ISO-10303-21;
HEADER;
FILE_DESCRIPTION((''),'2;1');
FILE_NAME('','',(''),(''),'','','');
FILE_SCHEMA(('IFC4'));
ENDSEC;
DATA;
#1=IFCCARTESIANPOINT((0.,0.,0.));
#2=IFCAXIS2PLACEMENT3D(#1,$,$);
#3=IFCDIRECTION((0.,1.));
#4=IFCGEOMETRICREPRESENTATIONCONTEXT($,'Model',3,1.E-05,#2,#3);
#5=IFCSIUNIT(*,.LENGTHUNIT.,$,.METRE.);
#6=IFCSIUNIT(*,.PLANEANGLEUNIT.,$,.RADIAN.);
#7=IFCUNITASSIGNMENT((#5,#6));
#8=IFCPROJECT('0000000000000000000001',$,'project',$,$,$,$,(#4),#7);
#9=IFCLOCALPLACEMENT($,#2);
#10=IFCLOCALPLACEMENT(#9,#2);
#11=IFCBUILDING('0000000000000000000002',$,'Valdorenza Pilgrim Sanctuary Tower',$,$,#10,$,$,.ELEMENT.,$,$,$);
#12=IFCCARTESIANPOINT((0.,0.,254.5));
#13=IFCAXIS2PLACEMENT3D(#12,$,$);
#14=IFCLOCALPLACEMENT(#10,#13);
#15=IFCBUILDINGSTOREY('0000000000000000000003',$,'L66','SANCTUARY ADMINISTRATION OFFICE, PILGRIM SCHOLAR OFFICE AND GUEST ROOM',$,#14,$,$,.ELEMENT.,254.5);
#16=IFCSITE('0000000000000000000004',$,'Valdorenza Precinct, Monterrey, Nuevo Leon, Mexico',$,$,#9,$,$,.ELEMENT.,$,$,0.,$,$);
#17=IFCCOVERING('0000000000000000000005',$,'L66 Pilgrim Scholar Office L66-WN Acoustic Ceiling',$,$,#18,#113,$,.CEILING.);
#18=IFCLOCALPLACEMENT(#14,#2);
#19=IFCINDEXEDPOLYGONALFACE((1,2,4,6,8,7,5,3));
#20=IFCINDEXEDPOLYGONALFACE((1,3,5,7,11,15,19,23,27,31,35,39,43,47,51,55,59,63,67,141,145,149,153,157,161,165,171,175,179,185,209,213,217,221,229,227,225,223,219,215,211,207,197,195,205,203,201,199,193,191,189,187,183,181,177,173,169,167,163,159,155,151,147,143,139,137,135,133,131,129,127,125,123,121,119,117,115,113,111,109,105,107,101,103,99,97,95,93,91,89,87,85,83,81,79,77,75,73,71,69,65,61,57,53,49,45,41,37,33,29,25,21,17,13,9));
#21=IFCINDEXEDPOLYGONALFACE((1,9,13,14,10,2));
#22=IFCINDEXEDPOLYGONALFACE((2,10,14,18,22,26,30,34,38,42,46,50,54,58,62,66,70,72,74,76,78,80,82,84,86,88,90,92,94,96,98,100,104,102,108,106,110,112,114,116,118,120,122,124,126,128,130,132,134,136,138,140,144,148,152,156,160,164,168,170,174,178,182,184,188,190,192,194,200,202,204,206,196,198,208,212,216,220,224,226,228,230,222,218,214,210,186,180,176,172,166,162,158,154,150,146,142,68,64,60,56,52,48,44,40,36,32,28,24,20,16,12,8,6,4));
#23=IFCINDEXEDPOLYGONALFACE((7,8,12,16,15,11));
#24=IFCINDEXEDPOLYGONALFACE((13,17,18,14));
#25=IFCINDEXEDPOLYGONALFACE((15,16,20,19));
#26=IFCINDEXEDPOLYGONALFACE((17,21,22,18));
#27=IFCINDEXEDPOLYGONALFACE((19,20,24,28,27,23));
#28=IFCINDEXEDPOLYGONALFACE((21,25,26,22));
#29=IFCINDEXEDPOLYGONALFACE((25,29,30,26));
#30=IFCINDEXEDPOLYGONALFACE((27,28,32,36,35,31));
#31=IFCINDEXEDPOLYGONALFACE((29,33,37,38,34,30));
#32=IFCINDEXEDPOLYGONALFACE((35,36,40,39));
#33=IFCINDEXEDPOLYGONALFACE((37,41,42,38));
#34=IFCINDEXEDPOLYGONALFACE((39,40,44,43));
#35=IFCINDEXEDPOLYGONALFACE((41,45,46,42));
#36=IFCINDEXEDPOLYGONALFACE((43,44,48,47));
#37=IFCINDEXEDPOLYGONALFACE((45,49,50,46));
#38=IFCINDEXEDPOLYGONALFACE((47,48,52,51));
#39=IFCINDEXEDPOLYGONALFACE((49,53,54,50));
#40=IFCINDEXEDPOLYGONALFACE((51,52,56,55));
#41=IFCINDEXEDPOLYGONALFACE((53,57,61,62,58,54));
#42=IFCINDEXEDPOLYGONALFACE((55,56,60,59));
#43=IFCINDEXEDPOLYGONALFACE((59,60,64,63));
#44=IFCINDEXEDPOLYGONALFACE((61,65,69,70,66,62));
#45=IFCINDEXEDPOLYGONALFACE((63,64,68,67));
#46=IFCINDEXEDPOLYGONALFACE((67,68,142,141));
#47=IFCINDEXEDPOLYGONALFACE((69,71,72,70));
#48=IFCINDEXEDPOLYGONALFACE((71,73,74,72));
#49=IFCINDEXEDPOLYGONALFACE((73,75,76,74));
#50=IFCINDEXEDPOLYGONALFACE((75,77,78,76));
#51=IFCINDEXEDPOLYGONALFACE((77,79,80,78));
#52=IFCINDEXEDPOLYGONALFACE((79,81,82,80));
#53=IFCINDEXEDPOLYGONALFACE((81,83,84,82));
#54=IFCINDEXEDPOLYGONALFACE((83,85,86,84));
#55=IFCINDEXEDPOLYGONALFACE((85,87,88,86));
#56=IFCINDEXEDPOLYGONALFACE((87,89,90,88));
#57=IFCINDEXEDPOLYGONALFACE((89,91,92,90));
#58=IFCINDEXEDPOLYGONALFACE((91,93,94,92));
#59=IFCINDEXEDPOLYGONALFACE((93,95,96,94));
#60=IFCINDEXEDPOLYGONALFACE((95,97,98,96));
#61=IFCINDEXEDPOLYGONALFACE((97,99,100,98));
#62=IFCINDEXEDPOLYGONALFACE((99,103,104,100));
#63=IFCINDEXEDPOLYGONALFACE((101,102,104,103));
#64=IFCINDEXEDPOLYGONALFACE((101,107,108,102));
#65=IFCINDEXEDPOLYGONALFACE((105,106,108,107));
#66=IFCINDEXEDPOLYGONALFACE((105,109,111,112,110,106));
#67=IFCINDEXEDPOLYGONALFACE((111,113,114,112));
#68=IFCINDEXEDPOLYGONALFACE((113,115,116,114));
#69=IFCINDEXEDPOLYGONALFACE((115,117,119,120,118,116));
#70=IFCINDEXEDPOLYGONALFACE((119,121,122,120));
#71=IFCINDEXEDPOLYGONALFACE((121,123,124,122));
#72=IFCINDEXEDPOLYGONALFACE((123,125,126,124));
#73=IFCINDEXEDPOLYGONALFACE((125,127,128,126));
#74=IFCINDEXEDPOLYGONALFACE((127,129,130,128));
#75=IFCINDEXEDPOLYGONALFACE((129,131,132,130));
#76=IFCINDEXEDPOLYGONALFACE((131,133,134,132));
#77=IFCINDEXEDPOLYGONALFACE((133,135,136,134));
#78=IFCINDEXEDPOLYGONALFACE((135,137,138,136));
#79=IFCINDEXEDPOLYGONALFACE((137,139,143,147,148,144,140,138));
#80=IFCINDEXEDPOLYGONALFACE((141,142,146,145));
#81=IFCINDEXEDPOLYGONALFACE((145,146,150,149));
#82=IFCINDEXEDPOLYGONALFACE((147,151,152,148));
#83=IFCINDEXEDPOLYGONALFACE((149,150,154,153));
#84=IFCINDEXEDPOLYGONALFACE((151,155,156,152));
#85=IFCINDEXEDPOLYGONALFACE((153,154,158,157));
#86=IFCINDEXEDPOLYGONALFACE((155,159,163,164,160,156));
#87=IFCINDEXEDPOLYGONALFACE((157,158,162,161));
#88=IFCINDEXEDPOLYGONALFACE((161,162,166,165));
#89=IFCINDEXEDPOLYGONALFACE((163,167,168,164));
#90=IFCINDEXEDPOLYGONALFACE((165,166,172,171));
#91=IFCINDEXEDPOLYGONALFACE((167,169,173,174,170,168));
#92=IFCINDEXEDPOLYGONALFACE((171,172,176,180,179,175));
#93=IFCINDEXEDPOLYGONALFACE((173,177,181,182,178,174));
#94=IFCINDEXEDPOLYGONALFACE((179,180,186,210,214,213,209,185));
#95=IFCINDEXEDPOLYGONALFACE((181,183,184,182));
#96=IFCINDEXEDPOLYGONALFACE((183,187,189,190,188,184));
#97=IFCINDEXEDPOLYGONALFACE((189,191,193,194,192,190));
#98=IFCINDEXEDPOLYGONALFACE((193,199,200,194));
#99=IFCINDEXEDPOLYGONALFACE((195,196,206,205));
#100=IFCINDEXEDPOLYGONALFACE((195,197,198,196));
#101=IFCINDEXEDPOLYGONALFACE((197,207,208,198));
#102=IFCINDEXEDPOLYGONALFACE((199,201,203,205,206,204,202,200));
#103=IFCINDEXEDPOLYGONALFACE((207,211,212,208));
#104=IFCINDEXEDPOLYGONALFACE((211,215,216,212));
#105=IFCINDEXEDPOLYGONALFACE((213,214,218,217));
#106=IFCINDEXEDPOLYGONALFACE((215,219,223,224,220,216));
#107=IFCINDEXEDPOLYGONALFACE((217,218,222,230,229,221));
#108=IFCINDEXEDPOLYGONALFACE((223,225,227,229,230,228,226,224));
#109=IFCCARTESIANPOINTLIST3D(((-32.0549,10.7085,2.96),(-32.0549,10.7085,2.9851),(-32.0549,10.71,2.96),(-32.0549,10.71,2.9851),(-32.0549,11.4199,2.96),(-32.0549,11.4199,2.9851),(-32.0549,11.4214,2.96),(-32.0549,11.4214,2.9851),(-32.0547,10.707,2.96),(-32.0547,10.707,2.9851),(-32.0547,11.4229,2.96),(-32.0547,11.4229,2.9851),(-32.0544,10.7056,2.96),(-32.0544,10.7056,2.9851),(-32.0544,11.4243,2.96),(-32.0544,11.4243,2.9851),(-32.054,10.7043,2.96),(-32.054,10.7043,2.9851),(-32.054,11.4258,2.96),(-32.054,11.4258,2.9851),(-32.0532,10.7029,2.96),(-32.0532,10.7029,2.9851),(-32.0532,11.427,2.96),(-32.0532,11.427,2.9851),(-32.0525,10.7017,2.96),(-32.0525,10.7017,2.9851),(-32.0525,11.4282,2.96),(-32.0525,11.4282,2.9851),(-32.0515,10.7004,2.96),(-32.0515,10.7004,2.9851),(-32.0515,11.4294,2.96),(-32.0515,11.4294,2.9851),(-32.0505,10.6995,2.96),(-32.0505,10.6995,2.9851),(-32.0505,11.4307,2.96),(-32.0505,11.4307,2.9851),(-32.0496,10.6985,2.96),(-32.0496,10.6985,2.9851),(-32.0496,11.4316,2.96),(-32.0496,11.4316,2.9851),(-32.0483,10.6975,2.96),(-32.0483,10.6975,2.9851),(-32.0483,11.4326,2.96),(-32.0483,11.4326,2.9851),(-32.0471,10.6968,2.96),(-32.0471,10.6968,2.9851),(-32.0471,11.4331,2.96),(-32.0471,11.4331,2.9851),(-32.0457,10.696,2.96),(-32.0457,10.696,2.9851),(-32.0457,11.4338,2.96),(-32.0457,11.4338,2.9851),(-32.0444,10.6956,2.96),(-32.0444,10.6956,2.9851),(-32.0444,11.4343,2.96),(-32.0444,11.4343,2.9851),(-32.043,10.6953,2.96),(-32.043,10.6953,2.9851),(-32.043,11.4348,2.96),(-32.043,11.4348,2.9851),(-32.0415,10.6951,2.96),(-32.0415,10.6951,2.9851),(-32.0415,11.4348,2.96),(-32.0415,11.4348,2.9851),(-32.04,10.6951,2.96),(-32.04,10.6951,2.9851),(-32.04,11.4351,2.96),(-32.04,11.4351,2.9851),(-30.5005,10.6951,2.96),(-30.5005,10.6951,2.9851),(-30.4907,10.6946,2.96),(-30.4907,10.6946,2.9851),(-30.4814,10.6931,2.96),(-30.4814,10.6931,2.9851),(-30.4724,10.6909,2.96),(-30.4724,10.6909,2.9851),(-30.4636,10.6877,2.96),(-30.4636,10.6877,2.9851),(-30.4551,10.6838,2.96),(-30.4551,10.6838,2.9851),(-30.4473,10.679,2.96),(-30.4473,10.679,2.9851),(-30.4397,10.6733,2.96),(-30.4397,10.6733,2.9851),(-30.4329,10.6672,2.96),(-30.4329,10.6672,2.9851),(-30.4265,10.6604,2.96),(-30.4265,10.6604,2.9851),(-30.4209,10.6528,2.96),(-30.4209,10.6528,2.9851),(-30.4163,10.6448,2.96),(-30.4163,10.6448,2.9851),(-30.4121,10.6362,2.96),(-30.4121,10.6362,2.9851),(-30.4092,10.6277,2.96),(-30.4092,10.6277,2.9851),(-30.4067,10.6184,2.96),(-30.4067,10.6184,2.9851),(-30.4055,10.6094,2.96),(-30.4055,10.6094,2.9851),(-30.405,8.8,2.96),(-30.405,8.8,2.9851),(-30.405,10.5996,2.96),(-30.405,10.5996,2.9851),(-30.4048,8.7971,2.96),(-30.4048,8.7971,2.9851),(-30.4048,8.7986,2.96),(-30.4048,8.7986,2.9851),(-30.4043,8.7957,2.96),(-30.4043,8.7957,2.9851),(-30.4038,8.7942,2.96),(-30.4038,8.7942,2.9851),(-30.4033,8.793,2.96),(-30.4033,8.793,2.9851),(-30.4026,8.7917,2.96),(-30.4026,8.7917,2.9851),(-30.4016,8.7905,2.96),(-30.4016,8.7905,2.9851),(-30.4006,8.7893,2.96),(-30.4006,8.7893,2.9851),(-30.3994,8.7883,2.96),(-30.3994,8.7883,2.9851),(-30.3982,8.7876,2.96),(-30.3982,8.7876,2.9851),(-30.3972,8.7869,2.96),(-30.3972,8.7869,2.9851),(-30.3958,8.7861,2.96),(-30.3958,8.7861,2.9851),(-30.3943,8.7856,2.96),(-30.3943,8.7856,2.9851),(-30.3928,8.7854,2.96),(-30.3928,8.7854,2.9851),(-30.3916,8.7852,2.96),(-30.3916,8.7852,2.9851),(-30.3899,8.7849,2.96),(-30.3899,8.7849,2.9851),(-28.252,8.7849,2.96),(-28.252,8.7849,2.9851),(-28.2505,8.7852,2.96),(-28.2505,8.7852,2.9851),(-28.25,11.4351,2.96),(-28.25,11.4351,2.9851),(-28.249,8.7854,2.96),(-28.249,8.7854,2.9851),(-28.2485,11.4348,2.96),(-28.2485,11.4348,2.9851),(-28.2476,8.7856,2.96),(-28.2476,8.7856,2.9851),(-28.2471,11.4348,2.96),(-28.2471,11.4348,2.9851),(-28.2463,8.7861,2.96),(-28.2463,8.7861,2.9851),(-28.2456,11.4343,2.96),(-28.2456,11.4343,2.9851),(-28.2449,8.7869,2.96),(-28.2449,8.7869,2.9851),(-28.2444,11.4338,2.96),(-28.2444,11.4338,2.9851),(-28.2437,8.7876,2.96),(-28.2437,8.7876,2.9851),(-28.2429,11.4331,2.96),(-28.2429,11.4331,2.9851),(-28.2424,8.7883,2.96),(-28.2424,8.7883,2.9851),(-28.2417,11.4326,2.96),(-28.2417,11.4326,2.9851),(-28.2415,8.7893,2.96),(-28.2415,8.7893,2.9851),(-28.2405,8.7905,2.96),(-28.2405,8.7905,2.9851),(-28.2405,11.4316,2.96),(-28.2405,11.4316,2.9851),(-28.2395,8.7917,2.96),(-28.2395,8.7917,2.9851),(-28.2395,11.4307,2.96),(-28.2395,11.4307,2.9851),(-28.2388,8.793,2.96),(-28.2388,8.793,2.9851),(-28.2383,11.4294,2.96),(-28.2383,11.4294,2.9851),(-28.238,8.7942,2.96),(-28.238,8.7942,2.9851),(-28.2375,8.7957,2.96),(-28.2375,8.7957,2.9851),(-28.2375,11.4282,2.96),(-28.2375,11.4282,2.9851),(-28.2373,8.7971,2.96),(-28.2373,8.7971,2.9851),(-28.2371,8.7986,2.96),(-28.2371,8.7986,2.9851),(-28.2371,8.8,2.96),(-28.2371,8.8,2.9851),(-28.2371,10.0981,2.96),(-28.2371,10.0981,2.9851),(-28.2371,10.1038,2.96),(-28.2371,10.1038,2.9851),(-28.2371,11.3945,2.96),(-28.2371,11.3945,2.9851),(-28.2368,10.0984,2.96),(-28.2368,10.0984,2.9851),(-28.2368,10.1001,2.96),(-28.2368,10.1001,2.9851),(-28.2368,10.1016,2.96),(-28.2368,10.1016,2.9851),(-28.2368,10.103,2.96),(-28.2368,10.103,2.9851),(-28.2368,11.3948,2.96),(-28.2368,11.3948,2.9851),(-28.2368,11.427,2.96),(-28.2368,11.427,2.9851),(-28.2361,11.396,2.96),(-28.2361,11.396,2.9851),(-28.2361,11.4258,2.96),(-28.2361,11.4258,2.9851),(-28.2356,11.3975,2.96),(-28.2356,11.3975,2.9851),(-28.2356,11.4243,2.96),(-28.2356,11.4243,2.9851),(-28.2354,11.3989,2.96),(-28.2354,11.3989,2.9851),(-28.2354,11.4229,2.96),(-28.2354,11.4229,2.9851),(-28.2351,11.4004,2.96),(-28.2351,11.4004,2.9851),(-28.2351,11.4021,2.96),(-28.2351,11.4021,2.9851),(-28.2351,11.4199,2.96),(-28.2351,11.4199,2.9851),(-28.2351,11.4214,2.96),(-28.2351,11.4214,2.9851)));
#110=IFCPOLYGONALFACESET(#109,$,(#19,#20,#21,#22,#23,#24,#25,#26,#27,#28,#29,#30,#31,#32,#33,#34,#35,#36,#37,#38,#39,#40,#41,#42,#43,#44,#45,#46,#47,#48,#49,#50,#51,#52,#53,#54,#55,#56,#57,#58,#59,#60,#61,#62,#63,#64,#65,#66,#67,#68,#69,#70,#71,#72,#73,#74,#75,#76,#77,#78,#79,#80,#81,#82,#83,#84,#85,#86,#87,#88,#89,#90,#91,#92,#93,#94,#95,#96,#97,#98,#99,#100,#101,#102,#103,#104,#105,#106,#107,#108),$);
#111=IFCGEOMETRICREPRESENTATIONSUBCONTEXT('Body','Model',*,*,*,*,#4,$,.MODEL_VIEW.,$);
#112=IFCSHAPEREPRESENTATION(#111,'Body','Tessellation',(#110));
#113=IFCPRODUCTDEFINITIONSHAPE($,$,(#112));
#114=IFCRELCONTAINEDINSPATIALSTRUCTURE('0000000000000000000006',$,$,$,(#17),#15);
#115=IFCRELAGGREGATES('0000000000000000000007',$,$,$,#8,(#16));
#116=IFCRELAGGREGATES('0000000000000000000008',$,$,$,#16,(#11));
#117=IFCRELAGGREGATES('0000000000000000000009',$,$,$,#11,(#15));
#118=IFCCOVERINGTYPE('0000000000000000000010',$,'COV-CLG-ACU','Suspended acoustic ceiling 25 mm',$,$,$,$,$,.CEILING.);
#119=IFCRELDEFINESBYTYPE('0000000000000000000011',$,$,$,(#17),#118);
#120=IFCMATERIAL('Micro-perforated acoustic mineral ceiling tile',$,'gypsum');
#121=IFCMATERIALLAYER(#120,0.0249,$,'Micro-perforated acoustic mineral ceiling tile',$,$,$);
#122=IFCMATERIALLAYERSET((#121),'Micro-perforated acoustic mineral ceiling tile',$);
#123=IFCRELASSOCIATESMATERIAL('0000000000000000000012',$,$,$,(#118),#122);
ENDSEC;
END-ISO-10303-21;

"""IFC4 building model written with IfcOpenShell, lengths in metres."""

from ifc_helpers import new_model, si_unit, direction, frame, origin, place, context, subcontext, project, spatial, polyline, outline, extrude, material, layer, layer_set, type_object, element, save


model = new_model("IFC4")

# Units and contexts
model_context = context("Model", 3, precision=1e-05, world=origin(), true_north=direction((0.0, 1.0)))
body_context = subcontext(model_context, "Body", "Model", "MODEL_VIEW")
ifc_project = project(units=[si_unit("LENGTHUNIT", "METRE"), si_unit("PLANEANGLEUNIT", "RADIAN")], contexts=[model_context])

# Site, building, storey
site_placement = place(None, origin())
site = spatial("IfcSite", under=ifc_project, at=site_placement, Name="Valdorenza Precinct, Monterrey, Nuevo Leon, Mexico", CompositionType="ELEMENT", RefElevation=0.0)
building_placement = place(site_placement, origin())
building = spatial("IfcBuilding", under=site, at=building_placement, Name="Valdorenza Pilgrim Sanctuary Tower", CompositionType="ELEMENT")
storey_placement = place(building_placement, frame((0.0, 0.0, 254.5)))
storey = spatial("IfcBuildingStorey", under=building, at=storey_placement, Name="L66", Description="SANCTUARY ADMINISTRATION OFFICE, PILGRIM SCHOLAR OFFICE AND GUEST ROOM", CompositionType="ELEMENT", Elevation=254.5)

# Covering
ifc_material_1 = material(Name="Micro-perforated acoustic mineral ceiling tile", Category="gypsum")
ifc_layer_1 = layer(ifc_material_1, 0.0249, Name="Micro-perforated acoustic mineral ceiling tile")
ifc_layer_set_1 = layer_set([ifc_layer_1], Name="Micro-perforated acoustic mineral ceiling tile")
covering_type_1 = type_object("IfcCoveringType", Name="COV-CLG-ACU", Description="Suspended acoustic ceiling 25 mm", PredefinedType="CEILING", material=ifc_layer_set_1)
covering_1_placement = place(storey_placement, frame((0.0, 0.0, 2.96)))
element("IfcCovering", 1, at=covering_1_placement, inside=storey, type_object=covering_type_1, Name="L66 Pilgrim Scholar Office L66-WN Acoustic Ceiling", PredefinedType="CEILING", context=body_context, shape_type="SweptSolid", body=[
    extrude(outline(polyline([(-28.2371, 11.3945), (-28.2371, 10.1038), (-28.2368, 10.103), (-28.2368, 10.1016), (-28.2368, 10.1001), (-28.2368, 10.0984), (-28.2371, 10.0981), (-28.2371, 8.8), (-28.2371, 8.7986), (-28.2373, 8.7971), (-28.2375, 8.7957), (-28.238, 8.7942), (-28.2388, 8.793), (-28.2395, 8.7917), (-28.2405, 8.7905), (-28.2415, 8.7893), (-28.2424, 8.7883), (-28.2437, 8.7876), (-28.2449, 8.7869), (-28.2463, 8.7861), (-28.2476, 8.7856), (-28.249, 8.7854), (-28.2505, 8.7852), (-28.252, 8.7849), (-30.3899, 8.7849), (-30.3916, 8.7852), (-30.3928, 8.7854), (-30.3943, 8.7856), (-30.3958, 8.7861), (-30.3972, 8.7869), (-30.3982, 8.7876), (-30.3994, 8.7883), (-30.4006, 8.7893), (-30.4016, 8.7905), (-30.4026, 8.7917), (-30.4033, 8.793), (-30.4038, 8.7942), (-30.4043, 8.7957), (-30.4048, 8.7971), (-30.4048, 8.7986), (-30.405, 8.8), (-30.405, 10.5996), (-30.4055, 10.6094), (-30.4067, 10.6184), (-30.4092, 10.6277), (-30.4121, 10.6362), (-30.4163, 10.6448), (-30.4209, 10.6528), (-30.4265, 10.6604), (-30.4329, 10.6672), (-30.4397, 10.6733), (-30.4473, 10.679), (-30.4551, 10.6838), (-30.4636, 10.6877), (-30.4724, 10.6909), (-30.4814, 10.6931), (-30.4907, 10.6946), (-30.5005, 10.6951), (-32.04, 10.6951), (-32.0415, 10.6951), (-32.043, 10.6953), (-32.0444, 10.6956), (-32.0457, 10.696), (-32.0471, 10.6968), (-32.0483, 10.6975), (-32.0496, 10.6985), (-32.0505, 10.6995), (-32.0515, 10.7004), (-32.0525, 10.7017), (-32.0532, 10.7029), (-32.054, 10.7043), (-32.0544, 10.7056), (-32.0547, 10.707), (-32.0549, 10.7085), (-32.0549, 10.71), (-32.0549, 11.4199), (-32.0549, 11.4214), (-32.0547, 11.4229), (-32.0544, 11.4243), (-32.054, 11.4258), (-32.0532, 11.427), (-32.0525, 11.4282), (-32.0515, 11.4294), (-32.0505, 11.4307), (-32.0496, 11.4316), (-32.0483, 11.4326), (-32.0471, 11.4331), (-32.0457, 11.4338), (-32.0444, 11.4343), (-32.043, 11.4348), (-32.0415, 11.4348), (-32.04, 11.4351), (-28.25, 11.4351), (-28.2485, 11.4348), (-28.2471, 11.4348), (-28.2456, 11.4343), (-28.2444, 11.4338), (-28.2429, 11.4331), (-28.2417, 11.4326), (-28.2405, 11.4316), (-28.2395, 11.4307), (-28.2383, 11.4294), (-28.2375, 11.4282), (-28.2368, 11.427), (-28.2361, 11.4258), (-28.2356, 11.4243), (-28.2354, 11.4229), (-28.2351, 11.4214), (-28.2351, 11.4199), (-28.2351, 11.4021), (-28.2351, 11.4004), (-28.2354, 11.3989), (-28.2356, 11.3975), (-28.2361, 11.396), (-28.2368, 11.3948), (-28.2371, 11.3945)])), origin(), (0.0, 0.0, 1.0), 0.0251),
])

save(model, "model.ifc")
